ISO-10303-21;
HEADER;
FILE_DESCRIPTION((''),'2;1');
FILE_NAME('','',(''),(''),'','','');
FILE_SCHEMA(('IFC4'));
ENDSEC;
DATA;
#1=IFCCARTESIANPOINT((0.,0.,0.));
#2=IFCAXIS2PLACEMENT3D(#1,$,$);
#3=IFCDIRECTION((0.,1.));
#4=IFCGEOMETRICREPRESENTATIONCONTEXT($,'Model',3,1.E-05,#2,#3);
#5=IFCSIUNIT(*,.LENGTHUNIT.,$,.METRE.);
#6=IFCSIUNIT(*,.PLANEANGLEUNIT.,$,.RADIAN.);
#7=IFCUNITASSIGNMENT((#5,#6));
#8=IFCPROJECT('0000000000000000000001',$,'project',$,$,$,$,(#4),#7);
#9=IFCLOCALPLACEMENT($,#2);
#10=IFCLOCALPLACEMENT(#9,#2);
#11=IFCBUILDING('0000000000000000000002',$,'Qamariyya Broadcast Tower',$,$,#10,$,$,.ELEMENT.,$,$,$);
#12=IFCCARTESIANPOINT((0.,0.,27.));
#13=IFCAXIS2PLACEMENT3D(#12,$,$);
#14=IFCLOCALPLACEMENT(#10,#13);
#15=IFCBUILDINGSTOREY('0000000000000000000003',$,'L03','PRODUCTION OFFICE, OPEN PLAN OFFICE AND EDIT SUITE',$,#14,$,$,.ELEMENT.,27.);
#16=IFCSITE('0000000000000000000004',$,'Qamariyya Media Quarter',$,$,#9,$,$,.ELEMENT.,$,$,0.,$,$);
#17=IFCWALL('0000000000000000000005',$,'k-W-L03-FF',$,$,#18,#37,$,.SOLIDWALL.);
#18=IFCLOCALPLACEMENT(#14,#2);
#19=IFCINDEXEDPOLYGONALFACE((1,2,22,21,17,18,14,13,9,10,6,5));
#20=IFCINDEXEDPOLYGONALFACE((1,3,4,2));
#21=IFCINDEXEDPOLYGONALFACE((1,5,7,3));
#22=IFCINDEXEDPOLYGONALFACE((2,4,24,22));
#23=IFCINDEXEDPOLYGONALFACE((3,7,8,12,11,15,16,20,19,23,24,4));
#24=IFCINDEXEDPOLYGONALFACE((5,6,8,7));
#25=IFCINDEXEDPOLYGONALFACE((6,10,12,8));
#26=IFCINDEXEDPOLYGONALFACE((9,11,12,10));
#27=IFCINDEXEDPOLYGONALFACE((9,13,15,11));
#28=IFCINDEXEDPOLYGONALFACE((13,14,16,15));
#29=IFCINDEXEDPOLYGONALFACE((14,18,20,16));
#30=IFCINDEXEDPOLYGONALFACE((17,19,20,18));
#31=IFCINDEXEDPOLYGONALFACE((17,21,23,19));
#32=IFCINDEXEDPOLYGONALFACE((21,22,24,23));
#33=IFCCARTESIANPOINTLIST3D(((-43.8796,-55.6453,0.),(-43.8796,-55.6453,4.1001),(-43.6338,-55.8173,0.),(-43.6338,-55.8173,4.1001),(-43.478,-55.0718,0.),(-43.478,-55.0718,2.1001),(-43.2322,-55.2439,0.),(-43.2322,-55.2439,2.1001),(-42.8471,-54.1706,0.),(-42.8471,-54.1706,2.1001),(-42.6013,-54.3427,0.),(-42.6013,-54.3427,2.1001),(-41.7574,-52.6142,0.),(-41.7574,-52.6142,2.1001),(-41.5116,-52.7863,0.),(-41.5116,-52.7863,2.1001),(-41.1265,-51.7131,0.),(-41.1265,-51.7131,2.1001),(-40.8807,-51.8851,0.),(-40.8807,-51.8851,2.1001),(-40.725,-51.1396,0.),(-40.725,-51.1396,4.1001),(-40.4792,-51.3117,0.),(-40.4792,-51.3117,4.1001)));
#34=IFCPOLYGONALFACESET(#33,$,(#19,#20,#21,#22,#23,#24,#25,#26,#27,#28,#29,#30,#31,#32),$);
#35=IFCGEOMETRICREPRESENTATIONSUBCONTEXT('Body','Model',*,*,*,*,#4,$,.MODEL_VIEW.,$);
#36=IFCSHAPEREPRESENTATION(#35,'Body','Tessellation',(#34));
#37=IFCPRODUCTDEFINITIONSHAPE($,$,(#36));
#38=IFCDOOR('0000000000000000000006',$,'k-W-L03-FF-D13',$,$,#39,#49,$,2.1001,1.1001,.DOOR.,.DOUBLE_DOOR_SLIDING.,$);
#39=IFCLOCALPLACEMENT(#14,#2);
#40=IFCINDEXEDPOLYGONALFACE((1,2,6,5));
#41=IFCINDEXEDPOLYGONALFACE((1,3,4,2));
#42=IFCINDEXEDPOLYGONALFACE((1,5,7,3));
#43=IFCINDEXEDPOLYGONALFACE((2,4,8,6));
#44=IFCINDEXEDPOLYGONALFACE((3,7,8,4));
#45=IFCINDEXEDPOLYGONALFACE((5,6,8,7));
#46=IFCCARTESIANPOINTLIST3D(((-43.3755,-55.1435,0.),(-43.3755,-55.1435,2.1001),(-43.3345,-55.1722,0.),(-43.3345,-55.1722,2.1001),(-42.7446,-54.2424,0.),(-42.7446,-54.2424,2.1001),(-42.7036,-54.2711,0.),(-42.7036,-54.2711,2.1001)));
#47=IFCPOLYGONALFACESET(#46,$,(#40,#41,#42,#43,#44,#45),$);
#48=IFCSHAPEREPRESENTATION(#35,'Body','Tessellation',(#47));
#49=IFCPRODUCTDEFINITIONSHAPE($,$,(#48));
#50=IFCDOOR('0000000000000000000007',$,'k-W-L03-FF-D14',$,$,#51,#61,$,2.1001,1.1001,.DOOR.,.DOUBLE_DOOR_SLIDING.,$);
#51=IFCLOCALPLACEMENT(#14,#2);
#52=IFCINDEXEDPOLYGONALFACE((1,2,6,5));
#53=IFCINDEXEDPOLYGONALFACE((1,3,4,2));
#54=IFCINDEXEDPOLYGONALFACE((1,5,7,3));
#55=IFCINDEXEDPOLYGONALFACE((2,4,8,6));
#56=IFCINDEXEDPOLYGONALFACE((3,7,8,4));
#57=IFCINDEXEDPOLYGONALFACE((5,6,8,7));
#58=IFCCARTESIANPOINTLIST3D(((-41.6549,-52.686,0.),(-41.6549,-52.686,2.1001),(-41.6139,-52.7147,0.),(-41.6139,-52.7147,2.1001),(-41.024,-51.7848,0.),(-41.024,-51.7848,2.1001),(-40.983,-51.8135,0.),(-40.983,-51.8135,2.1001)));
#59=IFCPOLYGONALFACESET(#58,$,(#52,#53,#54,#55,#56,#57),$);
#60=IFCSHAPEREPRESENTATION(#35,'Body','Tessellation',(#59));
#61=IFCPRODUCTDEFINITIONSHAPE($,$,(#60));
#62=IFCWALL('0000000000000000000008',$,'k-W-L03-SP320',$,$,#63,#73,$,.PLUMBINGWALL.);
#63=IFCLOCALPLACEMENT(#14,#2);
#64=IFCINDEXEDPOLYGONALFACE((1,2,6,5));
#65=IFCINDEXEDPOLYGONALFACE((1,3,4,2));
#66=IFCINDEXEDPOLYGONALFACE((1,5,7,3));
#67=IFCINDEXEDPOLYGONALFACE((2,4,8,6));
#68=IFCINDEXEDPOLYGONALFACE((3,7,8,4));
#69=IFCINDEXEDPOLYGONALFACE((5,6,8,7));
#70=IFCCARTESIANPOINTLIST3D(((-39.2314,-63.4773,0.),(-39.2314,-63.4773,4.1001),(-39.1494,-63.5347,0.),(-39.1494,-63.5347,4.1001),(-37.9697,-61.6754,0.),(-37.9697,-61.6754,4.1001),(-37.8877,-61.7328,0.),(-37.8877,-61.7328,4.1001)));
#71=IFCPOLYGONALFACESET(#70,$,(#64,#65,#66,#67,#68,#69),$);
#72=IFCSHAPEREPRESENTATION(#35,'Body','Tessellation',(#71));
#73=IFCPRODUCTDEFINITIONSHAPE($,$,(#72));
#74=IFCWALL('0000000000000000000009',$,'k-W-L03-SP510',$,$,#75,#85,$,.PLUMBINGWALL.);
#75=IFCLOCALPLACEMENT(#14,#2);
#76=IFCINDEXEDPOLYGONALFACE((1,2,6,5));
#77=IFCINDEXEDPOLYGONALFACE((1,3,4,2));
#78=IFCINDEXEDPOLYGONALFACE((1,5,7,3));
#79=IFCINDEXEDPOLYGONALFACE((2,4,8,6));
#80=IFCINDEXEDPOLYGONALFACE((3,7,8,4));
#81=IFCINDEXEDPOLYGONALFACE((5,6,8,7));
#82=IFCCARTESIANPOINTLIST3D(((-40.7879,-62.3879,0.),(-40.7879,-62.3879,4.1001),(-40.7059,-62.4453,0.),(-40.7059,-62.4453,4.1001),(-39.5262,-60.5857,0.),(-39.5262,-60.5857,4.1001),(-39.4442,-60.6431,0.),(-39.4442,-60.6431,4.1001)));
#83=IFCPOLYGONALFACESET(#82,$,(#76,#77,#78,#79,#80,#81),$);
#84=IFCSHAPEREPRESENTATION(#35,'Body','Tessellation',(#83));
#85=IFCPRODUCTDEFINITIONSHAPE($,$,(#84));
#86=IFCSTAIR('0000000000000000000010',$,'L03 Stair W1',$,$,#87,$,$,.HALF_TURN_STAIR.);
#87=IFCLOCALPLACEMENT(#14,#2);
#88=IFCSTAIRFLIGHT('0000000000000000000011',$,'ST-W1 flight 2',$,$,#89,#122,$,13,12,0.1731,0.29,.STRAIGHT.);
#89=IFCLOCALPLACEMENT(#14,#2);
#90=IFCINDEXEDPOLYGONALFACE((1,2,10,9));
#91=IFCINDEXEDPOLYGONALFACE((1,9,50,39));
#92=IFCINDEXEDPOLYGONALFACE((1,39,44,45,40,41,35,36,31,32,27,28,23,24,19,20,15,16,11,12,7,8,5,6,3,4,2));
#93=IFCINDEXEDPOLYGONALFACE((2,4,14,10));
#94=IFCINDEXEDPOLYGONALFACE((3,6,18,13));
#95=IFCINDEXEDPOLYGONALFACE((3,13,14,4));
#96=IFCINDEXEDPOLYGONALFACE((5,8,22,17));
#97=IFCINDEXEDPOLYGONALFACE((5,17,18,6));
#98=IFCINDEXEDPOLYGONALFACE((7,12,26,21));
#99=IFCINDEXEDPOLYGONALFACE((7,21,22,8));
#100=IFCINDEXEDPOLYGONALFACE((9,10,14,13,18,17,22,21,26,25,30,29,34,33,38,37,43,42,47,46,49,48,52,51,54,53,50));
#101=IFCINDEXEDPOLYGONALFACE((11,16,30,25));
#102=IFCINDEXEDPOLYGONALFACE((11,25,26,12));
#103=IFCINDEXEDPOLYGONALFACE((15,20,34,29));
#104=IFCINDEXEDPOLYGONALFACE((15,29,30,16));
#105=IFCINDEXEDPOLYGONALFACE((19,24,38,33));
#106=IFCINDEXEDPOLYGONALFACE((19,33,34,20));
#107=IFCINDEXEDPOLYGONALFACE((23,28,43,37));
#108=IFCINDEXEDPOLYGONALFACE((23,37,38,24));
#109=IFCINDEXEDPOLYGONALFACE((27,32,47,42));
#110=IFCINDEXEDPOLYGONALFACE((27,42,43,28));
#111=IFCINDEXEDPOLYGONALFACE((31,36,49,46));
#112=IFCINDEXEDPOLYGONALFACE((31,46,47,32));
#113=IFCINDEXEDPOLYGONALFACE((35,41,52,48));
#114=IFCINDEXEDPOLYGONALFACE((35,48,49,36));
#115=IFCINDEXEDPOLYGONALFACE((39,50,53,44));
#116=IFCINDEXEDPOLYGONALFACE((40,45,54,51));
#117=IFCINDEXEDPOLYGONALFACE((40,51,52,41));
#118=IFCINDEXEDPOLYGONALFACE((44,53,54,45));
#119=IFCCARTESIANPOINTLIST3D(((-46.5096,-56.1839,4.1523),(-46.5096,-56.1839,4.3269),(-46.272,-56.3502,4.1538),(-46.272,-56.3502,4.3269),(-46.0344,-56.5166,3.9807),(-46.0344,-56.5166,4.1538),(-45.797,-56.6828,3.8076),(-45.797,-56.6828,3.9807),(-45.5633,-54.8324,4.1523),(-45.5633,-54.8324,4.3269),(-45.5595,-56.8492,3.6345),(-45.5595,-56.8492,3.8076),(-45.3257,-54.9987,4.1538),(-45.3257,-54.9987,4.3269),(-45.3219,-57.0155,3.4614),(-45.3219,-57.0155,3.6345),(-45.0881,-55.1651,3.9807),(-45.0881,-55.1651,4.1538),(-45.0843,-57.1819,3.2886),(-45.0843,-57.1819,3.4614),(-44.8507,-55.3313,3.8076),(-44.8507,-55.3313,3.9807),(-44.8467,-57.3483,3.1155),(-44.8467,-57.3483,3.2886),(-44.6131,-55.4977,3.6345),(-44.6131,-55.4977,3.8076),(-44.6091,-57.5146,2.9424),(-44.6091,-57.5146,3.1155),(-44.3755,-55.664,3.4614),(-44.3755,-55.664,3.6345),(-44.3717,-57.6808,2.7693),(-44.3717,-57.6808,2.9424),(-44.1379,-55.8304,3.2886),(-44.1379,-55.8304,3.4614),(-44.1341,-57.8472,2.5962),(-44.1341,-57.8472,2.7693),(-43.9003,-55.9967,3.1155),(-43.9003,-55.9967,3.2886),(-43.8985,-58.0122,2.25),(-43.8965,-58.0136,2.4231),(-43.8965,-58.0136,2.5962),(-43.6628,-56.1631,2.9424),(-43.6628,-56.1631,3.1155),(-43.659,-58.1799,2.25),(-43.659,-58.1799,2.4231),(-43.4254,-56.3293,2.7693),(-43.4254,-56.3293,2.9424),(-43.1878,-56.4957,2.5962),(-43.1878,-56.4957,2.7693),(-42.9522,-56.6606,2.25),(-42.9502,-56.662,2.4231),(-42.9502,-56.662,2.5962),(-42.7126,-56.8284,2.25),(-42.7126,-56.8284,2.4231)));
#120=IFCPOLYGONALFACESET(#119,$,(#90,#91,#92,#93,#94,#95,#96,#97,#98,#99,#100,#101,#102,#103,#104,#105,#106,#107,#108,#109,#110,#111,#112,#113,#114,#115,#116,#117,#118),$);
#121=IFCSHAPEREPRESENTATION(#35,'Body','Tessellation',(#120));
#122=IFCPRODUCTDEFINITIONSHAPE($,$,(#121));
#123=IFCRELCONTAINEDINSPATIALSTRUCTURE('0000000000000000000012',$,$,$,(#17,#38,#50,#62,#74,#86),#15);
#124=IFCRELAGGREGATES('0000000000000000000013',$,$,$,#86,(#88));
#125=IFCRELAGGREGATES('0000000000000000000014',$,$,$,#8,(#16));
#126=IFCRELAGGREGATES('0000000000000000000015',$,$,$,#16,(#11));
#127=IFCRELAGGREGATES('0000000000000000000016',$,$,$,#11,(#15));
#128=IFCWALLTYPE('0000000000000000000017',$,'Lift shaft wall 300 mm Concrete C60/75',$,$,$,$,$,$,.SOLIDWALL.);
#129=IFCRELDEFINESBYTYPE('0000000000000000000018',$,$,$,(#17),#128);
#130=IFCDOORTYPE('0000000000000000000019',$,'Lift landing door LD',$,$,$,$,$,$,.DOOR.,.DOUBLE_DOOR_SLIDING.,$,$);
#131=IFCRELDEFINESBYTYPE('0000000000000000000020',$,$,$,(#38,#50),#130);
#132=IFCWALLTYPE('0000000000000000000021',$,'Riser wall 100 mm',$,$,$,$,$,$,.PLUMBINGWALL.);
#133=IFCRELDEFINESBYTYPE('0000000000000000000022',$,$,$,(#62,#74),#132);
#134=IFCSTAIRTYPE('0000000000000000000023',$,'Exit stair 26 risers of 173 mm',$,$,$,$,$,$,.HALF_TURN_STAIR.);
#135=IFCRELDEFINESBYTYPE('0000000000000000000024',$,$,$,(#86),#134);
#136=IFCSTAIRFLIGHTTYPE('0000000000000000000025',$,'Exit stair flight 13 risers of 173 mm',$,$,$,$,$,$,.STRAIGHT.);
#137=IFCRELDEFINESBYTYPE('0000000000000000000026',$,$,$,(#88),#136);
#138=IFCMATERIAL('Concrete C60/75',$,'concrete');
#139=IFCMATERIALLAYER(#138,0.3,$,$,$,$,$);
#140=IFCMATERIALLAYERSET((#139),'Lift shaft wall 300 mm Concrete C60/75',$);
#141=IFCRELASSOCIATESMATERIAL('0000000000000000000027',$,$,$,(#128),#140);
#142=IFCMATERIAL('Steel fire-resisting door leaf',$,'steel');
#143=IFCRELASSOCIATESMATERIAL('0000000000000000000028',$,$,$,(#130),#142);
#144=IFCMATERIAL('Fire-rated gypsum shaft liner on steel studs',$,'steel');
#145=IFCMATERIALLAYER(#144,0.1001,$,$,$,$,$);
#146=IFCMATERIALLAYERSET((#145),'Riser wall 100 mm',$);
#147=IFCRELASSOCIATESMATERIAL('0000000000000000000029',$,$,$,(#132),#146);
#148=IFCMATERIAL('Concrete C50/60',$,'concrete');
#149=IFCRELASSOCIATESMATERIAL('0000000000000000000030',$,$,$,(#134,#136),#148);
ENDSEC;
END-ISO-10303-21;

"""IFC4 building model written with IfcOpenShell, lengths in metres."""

from ifc_helpers import new_model, si_unit, direction, frame, frame_2d, origin, place, context, subcontext, project, spatial, polyline, rectangle, outline, extrude, material, layer, layer_set, type_object, element, fill, aggregate, save


model = new_model("IFC4")

# Units and contexts
model_context = context("Model", 3, precision=1e-05, world=origin(), true_north=direction((0.0, 1.0)))
body_context = subcontext(model_context, "Body", "Model", "MODEL_VIEW")
ifc_project = project(units=[si_unit("LENGTHUNIT", "METRE"), si_unit("PLANEANGLEUNIT", "RADIAN")], contexts=[model_context])

# Site, building, storey
site_placement = place(None, origin())
site = spatial("IfcSite", under=ifc_project, at=site_placement, Name="Qamariyya Media Quarter", CompositionType="ELEMENT", RefElevation=0.0)
building_placement = place(site_placement, origin())
building = spatial("IfcBuilding", under=site, at=building_placement, Name="Qamariyya Broadcast Tower", CompositionType="ELEMENT")
storey_placement = place(building_placement, frame((0.0, 0.0, 27.0)))
storey = spatial("IfcBuildingStorey", under=building, at=storey_placement, Name="L03", Description="PRODUCTION OFFICE, OPEN PLAN OFFICE AND EDIT SUITE", CompositionType="ELEMENT", Elevation=27.0)

# Shared definitions
ifc_material_1 = material(Name="Concrete C60/75", Category="concrete")
ifc_layer_1 = layer(ifc_material_1, 0.3)
ifc_layer_set_1 = layer_set([ifc_layer_1], Name="Lift shaft wall 300 mm Concrete C60/75")
wall_type_1 = type_object("IfcWallType", Name="Lift shaft wall 300 mm Concrete C60/75", PredefinedType="SOLIDWALL", material=ifc_layer_set_1)

# Shared definitions
ifc_material_2 = material(Name="Steel fire-resisting door leaf", Category="steel")

# Wall, openings, doors
wall_1_placement = place(storey_placement, frame((-43.7566, -55.7312, 0.0), z_axis=(0.0, 0.0, 1.0), x_axis=(0.573537, 0.81918, 0.0)))
wall_1 = element("IfcWall", 1, at=wall_1_placement, inside=storey, type_object=wall_type_1, Name="k-W-L03-FF", PredefinedType="SOLIDWALL", context=body_context, shape_type="SweptSolid", body=[
    extrude(rectangle(XDim=5.5002, YDim=0.3, at=frame_2d((2.75, 0.0))), origin(), (0.0, 0.0, 1.0), 4.1001),
])
opening_1_placement = place(wall_1_placement, frame((0.7, 0.0, 0.0)))
opening_1 = element("IfcOpeningElement", 2, at=opening_1_placement, cuts=wall_1, PredefinedType="OPENING", context=body_context, shape_type="SweptSolid", body=[
    extrude(rectangle(XDim=1.1001, YDim=2.1001, at=frame_2d((0.55, 1.05))), frame((0.0, 0.1599, 0.0), z_axis=(0.0, -1.0, 0.0), x_axis=(1.0, 0.0, 0.0)), (0.0, 0.0, 1.0), 0.3201),
])
opening_2_placement = place(wall_1_placement, frame((3.7, 0.0, 0.0)))
opening_2 = element("IfcOpeningElement", 3, at=opening_2_placement, cuts=wall_1, PredefinedType="OPENING", context=body_context, shape_type="SweptSolid", body=[
    extrude(rectangle(XDim=1.1001, YDim=2.1001, at=frame_2d((0.55, 1.05))), frame((0.0, 0.1599, 0.0), z_axis=(0.0, -1.0, 0.0), x_axis=(1.0, 0.0, 0.0)), (0.0, 0.0, 1.0), 0.3201),
])
door_type_1 = type_object("IfcDoorType", Name="Lift landing door LD", OperationType="DOUBLE_DOOR_SLIDING", PredefinedType="DOOR", material=ifc_material_2)
door_1_placement = place(opening_1_placement, origin())
door_1 = element("IfcDoor", 4, at=door_1_placement, inside=storey, type_object=door_type_1, Name="k-W-L03-FF-D13", OperationType="DOUBLE_DOOR_SLIDING", OverallHeight=2.1001, OverallWidth=1.1001, PredefinedType="DOOR", context=body_context, shape_type="SweptSolid", body=[
    extrude(rectangle(XDim=1.1001, YDim=2.1001, at=frame_2d((0.55, 1.05))), frame((0.0, 0.0249, 0.0), z_axis=(0.0, -1.0, 0.0), x_axis=(1.0, 0.0, 0.0)), (0.0, 0.0, 1.0), 0.05),
])
fill(opening_1, door_1)
door_2_placement = place(opening_2_placement, origin())
door_2 = element("IfcDoor", 5, at=door_2_placement, inside=storey, type_object=door_type_1, Name="k-W-L03-FF-D14", OperationType="DOUBLE_DOOR_SLIDING", OverallHeight=2.1001, OverallWidth=1.1001, PredefinedType="DOOR", context=body_context, shape_type="SweptSolid", body=[
    extrude(rectangle(XDim=1.1001, YDim=2.1001, at=frame_2d((0.55, 1.05))), frame((0.0, 0.0249, 0.0), z_axis=(0.0, -1.0, 0.0), x_axis=(1.0, 0.0, 0.0)), (0.0, 0.0, 1.0), 0.05),
])
fill(opening_2, door_2)

# Walls
ifc_material_3 = material(Name="Fire-rated gypsum shaft liner on steel studs", Category="steel")
ifc_layer_2 = layer(ifc_material_3, 0.1001)
ifc_layer_set_2 = layer_set([ifc_layer_2], Name="Riser wall 100 mm")
wall_type_2 = type_object("IfcWallType", Name="Riser wall 100 mm", PredefinedType="PLUMBINGWALL", material=ifc_layer_set_2)
wall_2_placement = place(storey_placement, frame((-37.9287, -61.7041, 0.0), z_axis=(0.0, 0.0, 1.0), x_axis=(-0.573559, -0.819164, 0.0)))
element("IfcWall", 6, at=wall_2_placement, inside=storey, type_object=wall_type_2, Name="k-W-L03-SP320", PredefinedType="PLUMBINGWALL", context=body_context, shape_type="SweptSolid", body=[
    extrude(rectangle(XDim=2.1997, YDim=0.1001, at=frame_2d((1.0999, 0.0))), origin(), (0.0, 0.0, 1.0), 4.1001),
])
wall_3_placement = place(storey_placement, frame((-39.4851, -60.6143, 0.0), z_axis=(0.0, 0.0, 1.0), x_axis=(-0.573507, -0.819201, 0.0)))
element("IfcWall", 7, at=wall_3_placement, inside=storey, type_object=wall_type_2, Name="k-W-L03-SP510", PredefinedType="PLUMBINGWALL", context=body_context, shape_type="SweptSolid", body=[
    extrude(rectangle(XDim=2.2, YDim=0.1001, at=frame_2d((1.1001, 0.0))), origin(), (0.0, 0.0, 1.0), 4.1001),
])

# Stair, stair flight
ifc_material_4 = material(Name="Concrete C50/60", Category="concrete")
stair_type = type_object("IfcStairType", Name="Exit stair 26 risers of 173 mm", PredefinedType="HALF_TURN_STAIR", material=ifc_material_4)
stair_placement = place(storey_placement, origin())
stair = element("IfcStair", 8, at=stair_placement, inside=storey, type_object=stair_type, Name="L03 Stair W1", PredefinedType="HALF_TURN_STAIR")
stair_flight_type = type_object("IfcStairFlightType", Name="Exit stair flight 13 risers of 173 mm", PredefinedType="STRAIGHT", material=ifc_material_4)
stair_flight_placement = place(storey_placement, frame((-43.1858, -57.5042, 2.25), z_axis=(0.0, 0.0, 1.0), x_axis=(-0.819152, 0.573576, 0.0)))
stair_flight = element("IfcStairFlight", 9, at=stair_flight_placement, type_object=stair_flight_type, Name="ST-W1 flight 2", NumberOfRisers=13, NumberOfTreads=12, PredefinedType="STRAIGHT", RiserHeight=0.1731, TreadLength=0.29, context=body_context, shape_type="SweptSolid", body=[
    extrude(outline(polyline([(0.0, 0.0), (0.0, 0.1731), (0.29, 0.1731), (0.29, 0.3462), (0.5801, 0.3462), (0.5801, 0.5193), (0.8701, 0.5193), (0.8701, 0.6924), (1.1599, 0.6924), (1.1599, 0.8655), (1.45, 0.8655), (1.45, 1.0386), (1.74, 1.0386), (1.74, 1.2114), (2.03, 1.2114), (2.03, 1.3845), (2.3201, 1.3845), (2.3201, 1.5576), (2.6101, 1.5576), (2.6101, 1.7307), (2.8999, 1.7307), (2.8999, 1.9038), (3.1899, 1.9038), (3.1899, 2.0769), (3.48, 2.0769), (3.48, 2.25), (3.48, 1.9023), (0.2925, 0.0), (0.0, 0.0)])), frame((0.0, 0.825, 0.0), z_axis=(0.0, -1.0, 0.0), x_axis=(1.0, 0.0, 0.0)), (0.0, 0.0, 1.0), 1.6499),
])
aggregate(stair, [stair_flight])

save(model, "model.ifc")
